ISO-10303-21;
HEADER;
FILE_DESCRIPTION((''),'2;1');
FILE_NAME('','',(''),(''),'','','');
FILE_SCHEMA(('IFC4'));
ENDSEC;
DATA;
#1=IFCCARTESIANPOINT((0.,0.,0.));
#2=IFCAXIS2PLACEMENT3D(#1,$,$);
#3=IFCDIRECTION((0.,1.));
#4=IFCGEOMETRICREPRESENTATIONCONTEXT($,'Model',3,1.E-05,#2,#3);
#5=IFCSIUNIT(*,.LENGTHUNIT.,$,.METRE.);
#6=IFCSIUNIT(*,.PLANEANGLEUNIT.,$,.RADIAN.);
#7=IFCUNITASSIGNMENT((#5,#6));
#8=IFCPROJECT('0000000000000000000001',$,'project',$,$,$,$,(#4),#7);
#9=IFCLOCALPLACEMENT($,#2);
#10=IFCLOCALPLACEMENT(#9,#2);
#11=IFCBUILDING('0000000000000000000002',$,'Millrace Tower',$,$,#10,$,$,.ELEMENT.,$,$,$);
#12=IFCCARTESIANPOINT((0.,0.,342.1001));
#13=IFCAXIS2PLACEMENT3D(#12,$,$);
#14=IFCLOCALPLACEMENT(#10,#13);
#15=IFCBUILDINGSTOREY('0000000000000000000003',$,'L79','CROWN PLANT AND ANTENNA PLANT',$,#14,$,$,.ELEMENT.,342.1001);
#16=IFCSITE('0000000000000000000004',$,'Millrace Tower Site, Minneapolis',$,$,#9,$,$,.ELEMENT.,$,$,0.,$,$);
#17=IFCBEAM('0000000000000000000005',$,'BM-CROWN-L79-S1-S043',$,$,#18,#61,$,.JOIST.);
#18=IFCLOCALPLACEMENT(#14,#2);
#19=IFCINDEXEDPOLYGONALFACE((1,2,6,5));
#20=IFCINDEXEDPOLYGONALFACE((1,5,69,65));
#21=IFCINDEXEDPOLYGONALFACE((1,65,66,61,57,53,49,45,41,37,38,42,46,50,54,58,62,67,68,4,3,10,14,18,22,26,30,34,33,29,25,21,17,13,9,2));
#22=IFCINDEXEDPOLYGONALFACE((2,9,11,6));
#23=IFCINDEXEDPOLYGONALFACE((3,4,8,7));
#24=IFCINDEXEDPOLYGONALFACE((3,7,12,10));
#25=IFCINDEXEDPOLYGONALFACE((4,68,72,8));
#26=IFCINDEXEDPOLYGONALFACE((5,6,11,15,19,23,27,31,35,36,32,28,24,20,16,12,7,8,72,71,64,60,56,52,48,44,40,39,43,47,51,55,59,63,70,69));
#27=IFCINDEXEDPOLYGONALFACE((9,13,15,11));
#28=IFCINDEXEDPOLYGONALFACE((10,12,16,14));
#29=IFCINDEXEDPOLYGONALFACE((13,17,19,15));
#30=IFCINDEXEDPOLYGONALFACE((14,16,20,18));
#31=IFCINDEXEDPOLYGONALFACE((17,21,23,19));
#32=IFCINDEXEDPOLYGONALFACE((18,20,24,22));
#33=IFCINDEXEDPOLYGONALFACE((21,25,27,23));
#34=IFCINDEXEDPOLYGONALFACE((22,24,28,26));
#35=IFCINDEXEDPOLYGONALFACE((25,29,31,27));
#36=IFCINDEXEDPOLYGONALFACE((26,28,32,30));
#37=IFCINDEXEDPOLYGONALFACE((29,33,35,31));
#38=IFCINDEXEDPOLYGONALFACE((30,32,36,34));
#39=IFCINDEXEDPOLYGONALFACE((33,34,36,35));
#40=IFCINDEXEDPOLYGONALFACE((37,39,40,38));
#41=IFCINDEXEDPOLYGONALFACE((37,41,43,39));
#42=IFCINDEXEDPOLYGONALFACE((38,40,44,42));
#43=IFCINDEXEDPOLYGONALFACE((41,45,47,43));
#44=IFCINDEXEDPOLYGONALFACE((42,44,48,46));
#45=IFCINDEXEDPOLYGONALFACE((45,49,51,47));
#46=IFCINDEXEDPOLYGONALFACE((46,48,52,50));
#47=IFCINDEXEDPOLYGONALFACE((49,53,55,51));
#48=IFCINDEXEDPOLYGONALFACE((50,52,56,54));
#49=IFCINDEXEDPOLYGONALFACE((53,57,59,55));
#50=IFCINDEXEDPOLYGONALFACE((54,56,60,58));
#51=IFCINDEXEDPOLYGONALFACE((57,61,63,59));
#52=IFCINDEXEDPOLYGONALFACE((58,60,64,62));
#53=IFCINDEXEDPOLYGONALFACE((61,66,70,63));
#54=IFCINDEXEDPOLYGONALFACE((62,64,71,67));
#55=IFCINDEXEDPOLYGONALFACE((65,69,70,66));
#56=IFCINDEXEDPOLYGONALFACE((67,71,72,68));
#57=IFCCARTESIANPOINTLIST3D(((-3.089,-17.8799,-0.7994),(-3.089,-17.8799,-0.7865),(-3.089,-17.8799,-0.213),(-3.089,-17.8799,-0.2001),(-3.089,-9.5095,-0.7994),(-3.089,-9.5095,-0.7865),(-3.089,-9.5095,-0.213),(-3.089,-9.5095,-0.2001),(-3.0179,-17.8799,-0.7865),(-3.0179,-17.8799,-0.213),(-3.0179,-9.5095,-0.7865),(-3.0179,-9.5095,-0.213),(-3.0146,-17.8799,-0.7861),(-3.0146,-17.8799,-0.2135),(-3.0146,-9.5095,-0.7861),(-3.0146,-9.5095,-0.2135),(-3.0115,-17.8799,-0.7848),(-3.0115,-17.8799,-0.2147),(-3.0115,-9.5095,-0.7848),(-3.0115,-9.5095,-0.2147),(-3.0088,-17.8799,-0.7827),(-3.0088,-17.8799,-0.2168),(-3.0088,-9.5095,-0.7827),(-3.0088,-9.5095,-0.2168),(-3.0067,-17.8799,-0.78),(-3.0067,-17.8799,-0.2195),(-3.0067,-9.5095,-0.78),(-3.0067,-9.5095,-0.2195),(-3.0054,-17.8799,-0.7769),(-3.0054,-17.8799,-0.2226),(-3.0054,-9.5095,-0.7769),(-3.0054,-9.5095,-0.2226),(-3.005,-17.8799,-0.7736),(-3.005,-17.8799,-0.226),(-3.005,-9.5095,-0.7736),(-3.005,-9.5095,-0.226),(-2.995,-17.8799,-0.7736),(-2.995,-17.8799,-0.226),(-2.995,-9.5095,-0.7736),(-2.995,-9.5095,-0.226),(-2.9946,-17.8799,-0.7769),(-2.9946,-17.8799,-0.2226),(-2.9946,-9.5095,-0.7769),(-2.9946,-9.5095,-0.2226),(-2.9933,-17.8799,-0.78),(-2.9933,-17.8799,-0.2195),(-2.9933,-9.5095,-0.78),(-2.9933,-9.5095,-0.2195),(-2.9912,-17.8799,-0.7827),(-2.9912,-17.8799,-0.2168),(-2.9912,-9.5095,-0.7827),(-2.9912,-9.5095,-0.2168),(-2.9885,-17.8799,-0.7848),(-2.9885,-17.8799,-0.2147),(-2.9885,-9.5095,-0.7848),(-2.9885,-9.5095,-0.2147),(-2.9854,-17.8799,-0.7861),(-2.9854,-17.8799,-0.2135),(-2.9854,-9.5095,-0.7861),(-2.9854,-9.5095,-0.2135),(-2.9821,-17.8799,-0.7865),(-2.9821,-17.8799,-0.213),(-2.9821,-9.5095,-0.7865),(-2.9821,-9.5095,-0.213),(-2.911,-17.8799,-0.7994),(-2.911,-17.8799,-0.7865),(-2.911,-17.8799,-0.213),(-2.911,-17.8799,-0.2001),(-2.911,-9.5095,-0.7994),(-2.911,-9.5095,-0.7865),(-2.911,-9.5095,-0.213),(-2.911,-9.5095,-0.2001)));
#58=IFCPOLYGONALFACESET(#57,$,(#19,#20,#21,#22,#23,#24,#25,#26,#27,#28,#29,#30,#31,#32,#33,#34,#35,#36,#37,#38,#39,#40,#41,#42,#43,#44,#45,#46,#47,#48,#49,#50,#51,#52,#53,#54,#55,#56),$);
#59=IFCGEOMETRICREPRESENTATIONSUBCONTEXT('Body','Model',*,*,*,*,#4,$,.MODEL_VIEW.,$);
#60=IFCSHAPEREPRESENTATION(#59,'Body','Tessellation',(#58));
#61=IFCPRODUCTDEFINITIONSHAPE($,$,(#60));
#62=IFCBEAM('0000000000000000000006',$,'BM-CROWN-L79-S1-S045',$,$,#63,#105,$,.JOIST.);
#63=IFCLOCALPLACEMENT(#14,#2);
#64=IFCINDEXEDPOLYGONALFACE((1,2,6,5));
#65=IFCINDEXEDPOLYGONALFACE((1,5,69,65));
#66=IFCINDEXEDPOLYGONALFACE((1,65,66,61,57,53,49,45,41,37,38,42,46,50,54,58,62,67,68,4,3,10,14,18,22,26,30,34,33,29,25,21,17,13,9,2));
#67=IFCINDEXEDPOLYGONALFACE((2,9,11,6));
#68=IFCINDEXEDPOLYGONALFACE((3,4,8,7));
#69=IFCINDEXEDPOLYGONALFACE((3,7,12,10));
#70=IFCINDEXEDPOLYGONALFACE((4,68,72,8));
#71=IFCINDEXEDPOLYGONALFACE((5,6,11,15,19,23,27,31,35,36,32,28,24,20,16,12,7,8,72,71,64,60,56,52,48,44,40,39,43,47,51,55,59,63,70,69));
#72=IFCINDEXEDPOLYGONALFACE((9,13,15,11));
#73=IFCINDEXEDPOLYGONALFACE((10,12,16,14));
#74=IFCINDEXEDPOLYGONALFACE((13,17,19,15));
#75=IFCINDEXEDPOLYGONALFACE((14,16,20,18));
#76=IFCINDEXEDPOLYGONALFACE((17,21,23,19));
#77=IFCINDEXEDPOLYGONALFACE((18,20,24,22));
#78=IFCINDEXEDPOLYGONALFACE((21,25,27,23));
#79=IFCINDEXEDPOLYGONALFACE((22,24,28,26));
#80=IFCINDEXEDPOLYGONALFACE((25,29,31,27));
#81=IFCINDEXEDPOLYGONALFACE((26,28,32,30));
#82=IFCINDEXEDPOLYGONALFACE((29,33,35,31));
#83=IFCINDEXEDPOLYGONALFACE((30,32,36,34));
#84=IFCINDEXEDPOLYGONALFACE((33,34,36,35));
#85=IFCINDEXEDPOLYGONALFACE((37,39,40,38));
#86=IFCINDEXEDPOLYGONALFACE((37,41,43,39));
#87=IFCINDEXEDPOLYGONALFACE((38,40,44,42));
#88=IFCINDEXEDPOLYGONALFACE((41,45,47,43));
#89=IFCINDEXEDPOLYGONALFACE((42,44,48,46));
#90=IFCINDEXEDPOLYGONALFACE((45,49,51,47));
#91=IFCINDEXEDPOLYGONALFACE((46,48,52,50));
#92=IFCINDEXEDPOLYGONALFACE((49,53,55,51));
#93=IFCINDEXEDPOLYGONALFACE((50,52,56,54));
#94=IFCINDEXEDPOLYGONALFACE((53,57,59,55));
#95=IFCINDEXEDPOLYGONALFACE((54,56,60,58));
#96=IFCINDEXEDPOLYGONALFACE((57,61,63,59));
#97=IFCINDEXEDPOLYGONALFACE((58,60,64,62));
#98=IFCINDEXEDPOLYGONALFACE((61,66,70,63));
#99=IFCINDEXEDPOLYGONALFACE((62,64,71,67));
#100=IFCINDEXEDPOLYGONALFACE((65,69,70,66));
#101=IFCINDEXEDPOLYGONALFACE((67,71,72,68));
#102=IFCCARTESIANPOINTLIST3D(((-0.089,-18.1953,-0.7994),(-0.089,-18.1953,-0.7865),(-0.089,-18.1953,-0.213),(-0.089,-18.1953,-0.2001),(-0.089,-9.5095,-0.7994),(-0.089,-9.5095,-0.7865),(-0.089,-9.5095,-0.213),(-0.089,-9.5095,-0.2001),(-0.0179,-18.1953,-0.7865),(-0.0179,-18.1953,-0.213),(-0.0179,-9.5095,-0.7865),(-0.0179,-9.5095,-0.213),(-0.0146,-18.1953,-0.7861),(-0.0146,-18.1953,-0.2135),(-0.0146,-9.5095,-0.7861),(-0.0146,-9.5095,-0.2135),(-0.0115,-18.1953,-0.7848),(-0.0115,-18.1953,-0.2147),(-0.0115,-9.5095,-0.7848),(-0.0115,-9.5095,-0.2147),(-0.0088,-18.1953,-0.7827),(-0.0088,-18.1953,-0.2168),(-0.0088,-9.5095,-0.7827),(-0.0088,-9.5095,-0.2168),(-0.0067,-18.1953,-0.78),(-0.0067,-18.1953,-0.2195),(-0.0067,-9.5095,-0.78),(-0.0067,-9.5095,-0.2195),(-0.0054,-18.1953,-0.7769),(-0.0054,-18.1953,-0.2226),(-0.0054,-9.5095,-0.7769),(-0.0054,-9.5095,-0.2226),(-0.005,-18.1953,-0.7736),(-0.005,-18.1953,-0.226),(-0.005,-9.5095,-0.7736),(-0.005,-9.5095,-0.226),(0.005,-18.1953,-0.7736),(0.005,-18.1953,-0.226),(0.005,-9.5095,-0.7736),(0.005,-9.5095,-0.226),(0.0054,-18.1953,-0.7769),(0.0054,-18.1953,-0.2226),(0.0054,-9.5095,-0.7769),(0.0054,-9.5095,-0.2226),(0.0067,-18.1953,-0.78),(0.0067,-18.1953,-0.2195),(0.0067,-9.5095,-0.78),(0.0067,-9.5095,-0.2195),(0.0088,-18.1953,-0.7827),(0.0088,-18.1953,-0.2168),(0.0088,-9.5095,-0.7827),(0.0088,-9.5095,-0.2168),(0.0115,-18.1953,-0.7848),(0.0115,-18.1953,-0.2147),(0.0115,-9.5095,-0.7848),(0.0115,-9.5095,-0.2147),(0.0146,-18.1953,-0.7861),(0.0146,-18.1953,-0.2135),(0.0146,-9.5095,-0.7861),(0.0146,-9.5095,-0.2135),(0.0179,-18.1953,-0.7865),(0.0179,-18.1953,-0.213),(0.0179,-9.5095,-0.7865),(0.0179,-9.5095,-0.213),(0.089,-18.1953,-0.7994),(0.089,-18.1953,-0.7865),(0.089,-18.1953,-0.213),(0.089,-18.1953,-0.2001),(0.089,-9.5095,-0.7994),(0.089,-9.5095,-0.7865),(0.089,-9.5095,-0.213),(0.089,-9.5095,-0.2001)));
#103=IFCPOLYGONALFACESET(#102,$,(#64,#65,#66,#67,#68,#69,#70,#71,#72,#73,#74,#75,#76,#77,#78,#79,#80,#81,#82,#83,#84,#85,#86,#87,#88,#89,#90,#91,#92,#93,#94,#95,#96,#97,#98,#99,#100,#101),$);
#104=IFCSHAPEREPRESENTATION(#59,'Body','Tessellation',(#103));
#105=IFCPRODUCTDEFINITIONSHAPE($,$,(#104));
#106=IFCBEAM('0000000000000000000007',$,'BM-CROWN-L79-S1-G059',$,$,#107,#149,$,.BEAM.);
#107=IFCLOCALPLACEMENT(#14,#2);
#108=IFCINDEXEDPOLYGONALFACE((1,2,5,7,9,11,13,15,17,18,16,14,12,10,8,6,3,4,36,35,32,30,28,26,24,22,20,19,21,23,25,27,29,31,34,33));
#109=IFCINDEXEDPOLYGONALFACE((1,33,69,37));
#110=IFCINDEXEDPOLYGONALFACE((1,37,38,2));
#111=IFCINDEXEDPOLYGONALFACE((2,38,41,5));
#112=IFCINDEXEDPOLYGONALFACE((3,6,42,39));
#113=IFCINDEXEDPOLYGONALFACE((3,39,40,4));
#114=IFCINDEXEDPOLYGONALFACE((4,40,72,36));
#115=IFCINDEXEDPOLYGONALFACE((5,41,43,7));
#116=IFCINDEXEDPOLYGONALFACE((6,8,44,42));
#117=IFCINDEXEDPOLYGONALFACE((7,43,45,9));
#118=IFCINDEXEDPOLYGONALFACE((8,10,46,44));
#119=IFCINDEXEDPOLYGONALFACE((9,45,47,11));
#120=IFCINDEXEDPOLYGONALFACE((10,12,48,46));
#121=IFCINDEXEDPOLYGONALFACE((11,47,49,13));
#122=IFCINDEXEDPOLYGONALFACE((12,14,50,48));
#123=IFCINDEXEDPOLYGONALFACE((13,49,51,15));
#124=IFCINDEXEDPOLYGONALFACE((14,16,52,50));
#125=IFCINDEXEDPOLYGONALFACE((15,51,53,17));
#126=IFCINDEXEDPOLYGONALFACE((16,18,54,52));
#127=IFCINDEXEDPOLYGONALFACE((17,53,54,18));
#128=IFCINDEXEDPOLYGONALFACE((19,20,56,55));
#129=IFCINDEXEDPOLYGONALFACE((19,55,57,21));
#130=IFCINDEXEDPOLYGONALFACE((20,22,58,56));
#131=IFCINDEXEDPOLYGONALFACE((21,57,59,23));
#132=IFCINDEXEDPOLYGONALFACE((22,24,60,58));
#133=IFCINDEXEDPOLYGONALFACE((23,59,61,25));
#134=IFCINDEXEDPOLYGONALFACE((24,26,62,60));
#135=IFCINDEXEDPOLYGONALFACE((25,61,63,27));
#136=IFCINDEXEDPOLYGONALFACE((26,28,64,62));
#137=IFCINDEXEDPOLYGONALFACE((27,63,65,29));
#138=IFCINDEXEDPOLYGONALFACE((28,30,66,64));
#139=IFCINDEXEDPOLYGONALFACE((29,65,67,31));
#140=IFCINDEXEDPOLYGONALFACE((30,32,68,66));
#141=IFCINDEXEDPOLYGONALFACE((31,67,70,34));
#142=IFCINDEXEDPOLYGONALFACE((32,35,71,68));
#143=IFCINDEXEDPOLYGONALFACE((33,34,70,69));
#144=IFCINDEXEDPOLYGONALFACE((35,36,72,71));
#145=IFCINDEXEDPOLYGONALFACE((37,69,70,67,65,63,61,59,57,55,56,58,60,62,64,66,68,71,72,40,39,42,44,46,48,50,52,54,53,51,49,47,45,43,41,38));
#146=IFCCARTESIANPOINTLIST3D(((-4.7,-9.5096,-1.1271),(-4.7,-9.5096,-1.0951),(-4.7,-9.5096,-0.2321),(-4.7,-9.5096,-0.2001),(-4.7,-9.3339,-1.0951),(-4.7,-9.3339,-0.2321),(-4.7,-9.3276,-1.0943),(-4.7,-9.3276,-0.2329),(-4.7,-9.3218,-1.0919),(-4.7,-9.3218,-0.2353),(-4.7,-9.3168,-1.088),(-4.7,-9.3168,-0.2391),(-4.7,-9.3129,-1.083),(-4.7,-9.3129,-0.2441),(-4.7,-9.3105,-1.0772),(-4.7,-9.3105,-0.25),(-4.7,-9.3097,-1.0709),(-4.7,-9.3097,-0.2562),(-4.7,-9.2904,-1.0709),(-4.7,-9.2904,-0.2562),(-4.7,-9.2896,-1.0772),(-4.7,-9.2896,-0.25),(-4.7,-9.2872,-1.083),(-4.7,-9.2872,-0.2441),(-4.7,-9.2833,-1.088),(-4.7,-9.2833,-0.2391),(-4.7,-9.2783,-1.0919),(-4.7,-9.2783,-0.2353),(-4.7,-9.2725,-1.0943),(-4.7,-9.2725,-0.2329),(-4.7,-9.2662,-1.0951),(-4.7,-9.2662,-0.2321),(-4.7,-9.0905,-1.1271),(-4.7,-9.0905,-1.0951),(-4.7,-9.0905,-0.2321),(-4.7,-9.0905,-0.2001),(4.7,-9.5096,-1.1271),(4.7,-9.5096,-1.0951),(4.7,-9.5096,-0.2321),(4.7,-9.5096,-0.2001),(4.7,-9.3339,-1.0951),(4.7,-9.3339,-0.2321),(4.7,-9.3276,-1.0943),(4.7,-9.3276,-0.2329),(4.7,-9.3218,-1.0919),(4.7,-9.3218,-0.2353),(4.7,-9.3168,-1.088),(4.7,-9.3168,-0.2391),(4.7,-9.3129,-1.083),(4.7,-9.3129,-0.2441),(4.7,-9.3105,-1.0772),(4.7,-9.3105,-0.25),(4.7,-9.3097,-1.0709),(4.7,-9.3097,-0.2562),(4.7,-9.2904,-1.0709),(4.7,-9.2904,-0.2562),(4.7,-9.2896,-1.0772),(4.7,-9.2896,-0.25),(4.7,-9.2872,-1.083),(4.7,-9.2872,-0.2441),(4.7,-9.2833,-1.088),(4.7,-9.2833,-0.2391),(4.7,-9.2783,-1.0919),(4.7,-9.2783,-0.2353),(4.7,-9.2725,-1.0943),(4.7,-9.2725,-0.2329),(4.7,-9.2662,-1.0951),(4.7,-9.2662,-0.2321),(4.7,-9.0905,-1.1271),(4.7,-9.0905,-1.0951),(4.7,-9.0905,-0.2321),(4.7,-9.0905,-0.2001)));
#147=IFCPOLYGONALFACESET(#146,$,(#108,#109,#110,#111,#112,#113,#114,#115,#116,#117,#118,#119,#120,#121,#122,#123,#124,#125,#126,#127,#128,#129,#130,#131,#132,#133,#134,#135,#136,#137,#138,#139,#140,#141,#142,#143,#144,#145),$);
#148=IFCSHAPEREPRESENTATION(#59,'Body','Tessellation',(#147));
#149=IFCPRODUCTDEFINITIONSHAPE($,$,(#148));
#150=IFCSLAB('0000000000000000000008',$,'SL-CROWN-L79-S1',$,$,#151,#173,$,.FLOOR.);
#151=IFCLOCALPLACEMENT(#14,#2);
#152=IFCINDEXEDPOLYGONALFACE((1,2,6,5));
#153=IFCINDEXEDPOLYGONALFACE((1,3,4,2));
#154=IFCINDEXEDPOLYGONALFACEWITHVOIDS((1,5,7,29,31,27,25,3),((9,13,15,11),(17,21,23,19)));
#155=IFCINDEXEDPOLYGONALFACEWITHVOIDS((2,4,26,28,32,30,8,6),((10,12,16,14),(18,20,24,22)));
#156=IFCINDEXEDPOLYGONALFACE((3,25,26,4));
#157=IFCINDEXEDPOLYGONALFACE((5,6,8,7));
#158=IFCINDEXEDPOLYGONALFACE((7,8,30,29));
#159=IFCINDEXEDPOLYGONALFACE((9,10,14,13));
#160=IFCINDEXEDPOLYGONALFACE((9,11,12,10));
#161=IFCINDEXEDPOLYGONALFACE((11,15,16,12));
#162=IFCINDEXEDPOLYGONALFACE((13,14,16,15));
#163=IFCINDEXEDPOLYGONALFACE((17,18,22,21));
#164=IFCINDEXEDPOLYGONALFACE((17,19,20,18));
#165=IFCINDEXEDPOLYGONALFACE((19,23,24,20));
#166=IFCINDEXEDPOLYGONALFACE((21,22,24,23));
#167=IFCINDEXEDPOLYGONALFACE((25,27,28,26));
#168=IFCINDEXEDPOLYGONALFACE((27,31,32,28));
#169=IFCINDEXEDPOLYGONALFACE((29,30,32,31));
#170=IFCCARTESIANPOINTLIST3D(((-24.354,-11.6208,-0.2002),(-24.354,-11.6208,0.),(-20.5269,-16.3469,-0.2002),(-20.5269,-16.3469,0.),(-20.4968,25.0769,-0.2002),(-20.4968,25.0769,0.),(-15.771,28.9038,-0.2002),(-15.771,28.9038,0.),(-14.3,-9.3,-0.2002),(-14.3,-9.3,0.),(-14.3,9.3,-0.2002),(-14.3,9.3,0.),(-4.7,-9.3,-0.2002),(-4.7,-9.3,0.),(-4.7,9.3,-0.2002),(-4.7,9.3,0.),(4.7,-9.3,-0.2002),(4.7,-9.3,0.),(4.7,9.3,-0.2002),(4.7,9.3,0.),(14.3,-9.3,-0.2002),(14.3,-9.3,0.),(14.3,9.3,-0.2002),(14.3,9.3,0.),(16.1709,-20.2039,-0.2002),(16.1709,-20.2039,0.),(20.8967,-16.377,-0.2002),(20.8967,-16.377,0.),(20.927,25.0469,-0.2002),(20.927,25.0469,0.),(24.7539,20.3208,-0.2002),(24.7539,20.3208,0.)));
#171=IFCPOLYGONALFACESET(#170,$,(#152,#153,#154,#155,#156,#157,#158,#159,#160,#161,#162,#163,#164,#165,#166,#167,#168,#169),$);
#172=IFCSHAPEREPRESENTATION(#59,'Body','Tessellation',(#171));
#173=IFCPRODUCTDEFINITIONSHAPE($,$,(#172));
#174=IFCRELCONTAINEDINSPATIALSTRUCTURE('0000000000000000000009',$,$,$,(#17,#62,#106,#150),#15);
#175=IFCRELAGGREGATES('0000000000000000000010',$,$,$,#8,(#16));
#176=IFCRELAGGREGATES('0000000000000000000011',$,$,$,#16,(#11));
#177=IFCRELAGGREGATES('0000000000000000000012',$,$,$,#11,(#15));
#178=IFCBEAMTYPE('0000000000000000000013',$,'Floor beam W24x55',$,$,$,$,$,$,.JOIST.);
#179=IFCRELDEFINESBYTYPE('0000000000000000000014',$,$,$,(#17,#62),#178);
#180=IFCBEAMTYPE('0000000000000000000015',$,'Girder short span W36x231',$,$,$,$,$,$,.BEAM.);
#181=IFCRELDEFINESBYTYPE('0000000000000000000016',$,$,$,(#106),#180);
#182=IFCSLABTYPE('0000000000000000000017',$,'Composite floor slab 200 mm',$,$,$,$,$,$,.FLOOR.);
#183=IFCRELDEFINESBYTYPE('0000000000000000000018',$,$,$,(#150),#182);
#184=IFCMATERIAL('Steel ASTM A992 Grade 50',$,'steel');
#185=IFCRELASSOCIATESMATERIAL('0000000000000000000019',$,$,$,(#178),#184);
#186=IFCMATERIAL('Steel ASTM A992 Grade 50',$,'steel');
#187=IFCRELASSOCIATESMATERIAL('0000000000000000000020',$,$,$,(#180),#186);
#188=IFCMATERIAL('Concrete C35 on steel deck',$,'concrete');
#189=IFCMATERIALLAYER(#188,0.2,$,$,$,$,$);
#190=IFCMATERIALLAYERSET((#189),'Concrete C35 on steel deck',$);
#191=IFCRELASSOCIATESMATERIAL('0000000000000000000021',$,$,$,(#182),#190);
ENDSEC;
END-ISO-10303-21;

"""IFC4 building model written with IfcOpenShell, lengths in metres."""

from ifc_helpers import new_model, si_unit, direction, frame, origin, origin_2d, place, context, subcontext, project, spatial, polyline, i_section, outline, extrude, material, layer, layer_set, material_profile, profile_set, type_object, element, save


model = new_model("IFC4")

# Units and contexts
model_context = context("Model", 3, precision=1e-05, world=origin(), true_north=direction((0.0, 1.0)))
body_context = subcontext(model_context, "Body", "Model", "MODEL_VIEW")
ifc_project = project(units=[si_unit("LENGTHUNIT", "METRE"), si_unit("PLANEANGLEUNIT", "RADIAN")], contexts=[model_context])

# Site, building, storey
site_placement = place(None, origin())
site = spatial("IfcSite", under=ifc_project, at=site_placement, Name="Millrace Tower Site, Minneapolis", CompositionType="ELEMENT", RefElevation=0.0)
building_placement = place(site_placement, origin())
building = spatial("IfcBuilding", under=site, at=building_placement, Name="Millrace Tower", CompositionType="ELEMENT")
storey_placement = place(building_placement, frame((0.0, 0.0, 342.1001)))
storey = spatial("IfcBuildingStorey", under=building, at=storey_placement, Name="L79", Description="CROWN PLANT AND ANTENNA PLANT", CompositionType="ELEMENT", Elevation=342.1001)

# Beams
ifc_material_1 = material(Name="Steel ASTM A992 Grade 50", Category="steel")
ifc_material_profile_1 = material_profile(ifc_material_1, i_section(OverallWidth=0.178, OverallDepth=0.5994, WebThickness=0.01, FlangeThickness=0.0129, FilletRadius=0.0129, at=origin_2d()))
ifc_profile_set_1 = profile_set([ifc_material_profile_1], Name="Steel ASTM A992 Grade 50")
beam_type_1 = type_object("IfcBeamType", Name="Floor beam W24x55", PredefinedType="JOIST", material=ifc_profile_set_1)
beam_1_placement = place(storey_placement, frame((-3.0, -17.8799, -0.4998), z_axis=(0.0, 1.0, 0.0), x_axis=(-1.0, 0.0, 0.0)))
element("IfcBeam", 1, at=beam_1_placement, inside=storey, type_object=beam_type_1, Name="BM-CROWN-L79-S1-S043", PredefinedType="JOIST", context=body_context, shape_type="SweptSolid", body=[
    extrude(i_section(OverallWidth=0.178, OverallDepth=0.5994, WebThickness=0.01, FlangeThickness=0.0129, FilletRadius=0.0129, at=origin_2d()), origin(), (0.0, 0.0, 1.0), 8.3704),
])
beam_2_placement = place(storey_placement, frame((0.0, -18.1953, -0.4998), z_axis=(0.0, 1.0, 0.0), x_axis=(-1.0, 0.0, 0.0)))
element("IfcBeam", 2, at=beam_2_placement, inside=storey, type_object=beam_type_1, Name="BM-CROWN-L79-S1-S045", PredefinedType="JOIST", context=body_context, shape_type="SweptSolid", body=[
    extrude(i_section(OverallWidth=0.178, OverallDepth=0.5994, WebThickness=0.01, FlangeThickness=0.0129, FilletRadius=0.0129, at=origin_2d()), origin(), (0.0, 0.0, 1.0), 8.6858),
])
ifc_material_2 = material(Name="Steel ASTM A992 Grade 50", Category="steel")
ifc_material_profile_2 = material_profile(ifc_material_2, i_section(OverallWidth=0.4192, OverallDepth=0.927, WebThickness=0.0193, FlangeThickness=0.032, FilletRadius=0.0242, at=origin_2d()))
ifc_profile_set_2 = profile_set([ifc_material_profile_2], Name="Steel ASTM A992 Grade 50")
beam_type_2 = type_object("IfcBeamType", Name="Girder short span W36x231", PredefinedType="BEAM", material=ifc_profile_set_2)
beam_3_placement = place(storey_placement, frame((-4.7, -9.3, -0.6636), z_axis=(1.0, 0.0, 0.0), x_axis=(0.0, 1.0, 0.0)))
element("IfcBeam", 3, at=beam_3_placement, inside=storey, type_object=beam_type_2, Name="BM-CROWN-L79-S1-G059", PredefinedType="BEAM", context=body_context, shape_type="SweptSolid", body=[
    extrude(i_section(OverallWidth=0.4192, OverallDepth=0.927, WebThickness=0.0193, FlangeThickness=0.032, FilletRadius=0.0242, at=origin_2d()), origin(), (0.0, 0.0, 1.0), 9.3999),
])

# Slab
ifc_material_3 = material(Name="Concrete C35 on steel deck", Category="concrete")
ifc_layer_1 = layer(ifc_material_3, 0.2)
ifc_layer_set_1 = layer_set([ifc_layer_1], Name="Concrete C35 on steel deck")
slab_type_1 = type_object("IfcSlabType", Name="Composite floor slab 200 mm", PredefinedType="FLOOR", material=ifc_layer_set_1)
slab_1_placement = place(storey_placement, frame((0.0, 0.0, -0.2002)))
element("IfcSlab", 4, at=slab_1_placement, inside=storey, type_object=slab_type_1, Name="SL-CROWN-L79-S1", PredefinedType="FLOOR", context=body_context, shape_type="SweptSolid", body=[
    extrude(outline(polyline([(-24.354, -11.6208), (-20.5269, -16.3469), (16.1709, -20.2039), (20.8967, -16.377), (24.7539, 20.3208), (20.927, 25.0469), (-15.771, 28.9038), (-20.4968, 25.0769), (-24.354, -11.6208)]), holes=[polyline([(-14.3, -9.3), (-4.7, -9.3), (-4.7, 9.3), (-14.3, 9.3), (-14.3, -9.3)]), polyline([(4.7, -9.3), (14.3, -9.3), (14.3, 9.3), (4.7, 9.3), (4.7, -9.3)])]), origin(), (0.0, 0.0, 1.0), 0.2002),
])

save(model, "model.ifc")
